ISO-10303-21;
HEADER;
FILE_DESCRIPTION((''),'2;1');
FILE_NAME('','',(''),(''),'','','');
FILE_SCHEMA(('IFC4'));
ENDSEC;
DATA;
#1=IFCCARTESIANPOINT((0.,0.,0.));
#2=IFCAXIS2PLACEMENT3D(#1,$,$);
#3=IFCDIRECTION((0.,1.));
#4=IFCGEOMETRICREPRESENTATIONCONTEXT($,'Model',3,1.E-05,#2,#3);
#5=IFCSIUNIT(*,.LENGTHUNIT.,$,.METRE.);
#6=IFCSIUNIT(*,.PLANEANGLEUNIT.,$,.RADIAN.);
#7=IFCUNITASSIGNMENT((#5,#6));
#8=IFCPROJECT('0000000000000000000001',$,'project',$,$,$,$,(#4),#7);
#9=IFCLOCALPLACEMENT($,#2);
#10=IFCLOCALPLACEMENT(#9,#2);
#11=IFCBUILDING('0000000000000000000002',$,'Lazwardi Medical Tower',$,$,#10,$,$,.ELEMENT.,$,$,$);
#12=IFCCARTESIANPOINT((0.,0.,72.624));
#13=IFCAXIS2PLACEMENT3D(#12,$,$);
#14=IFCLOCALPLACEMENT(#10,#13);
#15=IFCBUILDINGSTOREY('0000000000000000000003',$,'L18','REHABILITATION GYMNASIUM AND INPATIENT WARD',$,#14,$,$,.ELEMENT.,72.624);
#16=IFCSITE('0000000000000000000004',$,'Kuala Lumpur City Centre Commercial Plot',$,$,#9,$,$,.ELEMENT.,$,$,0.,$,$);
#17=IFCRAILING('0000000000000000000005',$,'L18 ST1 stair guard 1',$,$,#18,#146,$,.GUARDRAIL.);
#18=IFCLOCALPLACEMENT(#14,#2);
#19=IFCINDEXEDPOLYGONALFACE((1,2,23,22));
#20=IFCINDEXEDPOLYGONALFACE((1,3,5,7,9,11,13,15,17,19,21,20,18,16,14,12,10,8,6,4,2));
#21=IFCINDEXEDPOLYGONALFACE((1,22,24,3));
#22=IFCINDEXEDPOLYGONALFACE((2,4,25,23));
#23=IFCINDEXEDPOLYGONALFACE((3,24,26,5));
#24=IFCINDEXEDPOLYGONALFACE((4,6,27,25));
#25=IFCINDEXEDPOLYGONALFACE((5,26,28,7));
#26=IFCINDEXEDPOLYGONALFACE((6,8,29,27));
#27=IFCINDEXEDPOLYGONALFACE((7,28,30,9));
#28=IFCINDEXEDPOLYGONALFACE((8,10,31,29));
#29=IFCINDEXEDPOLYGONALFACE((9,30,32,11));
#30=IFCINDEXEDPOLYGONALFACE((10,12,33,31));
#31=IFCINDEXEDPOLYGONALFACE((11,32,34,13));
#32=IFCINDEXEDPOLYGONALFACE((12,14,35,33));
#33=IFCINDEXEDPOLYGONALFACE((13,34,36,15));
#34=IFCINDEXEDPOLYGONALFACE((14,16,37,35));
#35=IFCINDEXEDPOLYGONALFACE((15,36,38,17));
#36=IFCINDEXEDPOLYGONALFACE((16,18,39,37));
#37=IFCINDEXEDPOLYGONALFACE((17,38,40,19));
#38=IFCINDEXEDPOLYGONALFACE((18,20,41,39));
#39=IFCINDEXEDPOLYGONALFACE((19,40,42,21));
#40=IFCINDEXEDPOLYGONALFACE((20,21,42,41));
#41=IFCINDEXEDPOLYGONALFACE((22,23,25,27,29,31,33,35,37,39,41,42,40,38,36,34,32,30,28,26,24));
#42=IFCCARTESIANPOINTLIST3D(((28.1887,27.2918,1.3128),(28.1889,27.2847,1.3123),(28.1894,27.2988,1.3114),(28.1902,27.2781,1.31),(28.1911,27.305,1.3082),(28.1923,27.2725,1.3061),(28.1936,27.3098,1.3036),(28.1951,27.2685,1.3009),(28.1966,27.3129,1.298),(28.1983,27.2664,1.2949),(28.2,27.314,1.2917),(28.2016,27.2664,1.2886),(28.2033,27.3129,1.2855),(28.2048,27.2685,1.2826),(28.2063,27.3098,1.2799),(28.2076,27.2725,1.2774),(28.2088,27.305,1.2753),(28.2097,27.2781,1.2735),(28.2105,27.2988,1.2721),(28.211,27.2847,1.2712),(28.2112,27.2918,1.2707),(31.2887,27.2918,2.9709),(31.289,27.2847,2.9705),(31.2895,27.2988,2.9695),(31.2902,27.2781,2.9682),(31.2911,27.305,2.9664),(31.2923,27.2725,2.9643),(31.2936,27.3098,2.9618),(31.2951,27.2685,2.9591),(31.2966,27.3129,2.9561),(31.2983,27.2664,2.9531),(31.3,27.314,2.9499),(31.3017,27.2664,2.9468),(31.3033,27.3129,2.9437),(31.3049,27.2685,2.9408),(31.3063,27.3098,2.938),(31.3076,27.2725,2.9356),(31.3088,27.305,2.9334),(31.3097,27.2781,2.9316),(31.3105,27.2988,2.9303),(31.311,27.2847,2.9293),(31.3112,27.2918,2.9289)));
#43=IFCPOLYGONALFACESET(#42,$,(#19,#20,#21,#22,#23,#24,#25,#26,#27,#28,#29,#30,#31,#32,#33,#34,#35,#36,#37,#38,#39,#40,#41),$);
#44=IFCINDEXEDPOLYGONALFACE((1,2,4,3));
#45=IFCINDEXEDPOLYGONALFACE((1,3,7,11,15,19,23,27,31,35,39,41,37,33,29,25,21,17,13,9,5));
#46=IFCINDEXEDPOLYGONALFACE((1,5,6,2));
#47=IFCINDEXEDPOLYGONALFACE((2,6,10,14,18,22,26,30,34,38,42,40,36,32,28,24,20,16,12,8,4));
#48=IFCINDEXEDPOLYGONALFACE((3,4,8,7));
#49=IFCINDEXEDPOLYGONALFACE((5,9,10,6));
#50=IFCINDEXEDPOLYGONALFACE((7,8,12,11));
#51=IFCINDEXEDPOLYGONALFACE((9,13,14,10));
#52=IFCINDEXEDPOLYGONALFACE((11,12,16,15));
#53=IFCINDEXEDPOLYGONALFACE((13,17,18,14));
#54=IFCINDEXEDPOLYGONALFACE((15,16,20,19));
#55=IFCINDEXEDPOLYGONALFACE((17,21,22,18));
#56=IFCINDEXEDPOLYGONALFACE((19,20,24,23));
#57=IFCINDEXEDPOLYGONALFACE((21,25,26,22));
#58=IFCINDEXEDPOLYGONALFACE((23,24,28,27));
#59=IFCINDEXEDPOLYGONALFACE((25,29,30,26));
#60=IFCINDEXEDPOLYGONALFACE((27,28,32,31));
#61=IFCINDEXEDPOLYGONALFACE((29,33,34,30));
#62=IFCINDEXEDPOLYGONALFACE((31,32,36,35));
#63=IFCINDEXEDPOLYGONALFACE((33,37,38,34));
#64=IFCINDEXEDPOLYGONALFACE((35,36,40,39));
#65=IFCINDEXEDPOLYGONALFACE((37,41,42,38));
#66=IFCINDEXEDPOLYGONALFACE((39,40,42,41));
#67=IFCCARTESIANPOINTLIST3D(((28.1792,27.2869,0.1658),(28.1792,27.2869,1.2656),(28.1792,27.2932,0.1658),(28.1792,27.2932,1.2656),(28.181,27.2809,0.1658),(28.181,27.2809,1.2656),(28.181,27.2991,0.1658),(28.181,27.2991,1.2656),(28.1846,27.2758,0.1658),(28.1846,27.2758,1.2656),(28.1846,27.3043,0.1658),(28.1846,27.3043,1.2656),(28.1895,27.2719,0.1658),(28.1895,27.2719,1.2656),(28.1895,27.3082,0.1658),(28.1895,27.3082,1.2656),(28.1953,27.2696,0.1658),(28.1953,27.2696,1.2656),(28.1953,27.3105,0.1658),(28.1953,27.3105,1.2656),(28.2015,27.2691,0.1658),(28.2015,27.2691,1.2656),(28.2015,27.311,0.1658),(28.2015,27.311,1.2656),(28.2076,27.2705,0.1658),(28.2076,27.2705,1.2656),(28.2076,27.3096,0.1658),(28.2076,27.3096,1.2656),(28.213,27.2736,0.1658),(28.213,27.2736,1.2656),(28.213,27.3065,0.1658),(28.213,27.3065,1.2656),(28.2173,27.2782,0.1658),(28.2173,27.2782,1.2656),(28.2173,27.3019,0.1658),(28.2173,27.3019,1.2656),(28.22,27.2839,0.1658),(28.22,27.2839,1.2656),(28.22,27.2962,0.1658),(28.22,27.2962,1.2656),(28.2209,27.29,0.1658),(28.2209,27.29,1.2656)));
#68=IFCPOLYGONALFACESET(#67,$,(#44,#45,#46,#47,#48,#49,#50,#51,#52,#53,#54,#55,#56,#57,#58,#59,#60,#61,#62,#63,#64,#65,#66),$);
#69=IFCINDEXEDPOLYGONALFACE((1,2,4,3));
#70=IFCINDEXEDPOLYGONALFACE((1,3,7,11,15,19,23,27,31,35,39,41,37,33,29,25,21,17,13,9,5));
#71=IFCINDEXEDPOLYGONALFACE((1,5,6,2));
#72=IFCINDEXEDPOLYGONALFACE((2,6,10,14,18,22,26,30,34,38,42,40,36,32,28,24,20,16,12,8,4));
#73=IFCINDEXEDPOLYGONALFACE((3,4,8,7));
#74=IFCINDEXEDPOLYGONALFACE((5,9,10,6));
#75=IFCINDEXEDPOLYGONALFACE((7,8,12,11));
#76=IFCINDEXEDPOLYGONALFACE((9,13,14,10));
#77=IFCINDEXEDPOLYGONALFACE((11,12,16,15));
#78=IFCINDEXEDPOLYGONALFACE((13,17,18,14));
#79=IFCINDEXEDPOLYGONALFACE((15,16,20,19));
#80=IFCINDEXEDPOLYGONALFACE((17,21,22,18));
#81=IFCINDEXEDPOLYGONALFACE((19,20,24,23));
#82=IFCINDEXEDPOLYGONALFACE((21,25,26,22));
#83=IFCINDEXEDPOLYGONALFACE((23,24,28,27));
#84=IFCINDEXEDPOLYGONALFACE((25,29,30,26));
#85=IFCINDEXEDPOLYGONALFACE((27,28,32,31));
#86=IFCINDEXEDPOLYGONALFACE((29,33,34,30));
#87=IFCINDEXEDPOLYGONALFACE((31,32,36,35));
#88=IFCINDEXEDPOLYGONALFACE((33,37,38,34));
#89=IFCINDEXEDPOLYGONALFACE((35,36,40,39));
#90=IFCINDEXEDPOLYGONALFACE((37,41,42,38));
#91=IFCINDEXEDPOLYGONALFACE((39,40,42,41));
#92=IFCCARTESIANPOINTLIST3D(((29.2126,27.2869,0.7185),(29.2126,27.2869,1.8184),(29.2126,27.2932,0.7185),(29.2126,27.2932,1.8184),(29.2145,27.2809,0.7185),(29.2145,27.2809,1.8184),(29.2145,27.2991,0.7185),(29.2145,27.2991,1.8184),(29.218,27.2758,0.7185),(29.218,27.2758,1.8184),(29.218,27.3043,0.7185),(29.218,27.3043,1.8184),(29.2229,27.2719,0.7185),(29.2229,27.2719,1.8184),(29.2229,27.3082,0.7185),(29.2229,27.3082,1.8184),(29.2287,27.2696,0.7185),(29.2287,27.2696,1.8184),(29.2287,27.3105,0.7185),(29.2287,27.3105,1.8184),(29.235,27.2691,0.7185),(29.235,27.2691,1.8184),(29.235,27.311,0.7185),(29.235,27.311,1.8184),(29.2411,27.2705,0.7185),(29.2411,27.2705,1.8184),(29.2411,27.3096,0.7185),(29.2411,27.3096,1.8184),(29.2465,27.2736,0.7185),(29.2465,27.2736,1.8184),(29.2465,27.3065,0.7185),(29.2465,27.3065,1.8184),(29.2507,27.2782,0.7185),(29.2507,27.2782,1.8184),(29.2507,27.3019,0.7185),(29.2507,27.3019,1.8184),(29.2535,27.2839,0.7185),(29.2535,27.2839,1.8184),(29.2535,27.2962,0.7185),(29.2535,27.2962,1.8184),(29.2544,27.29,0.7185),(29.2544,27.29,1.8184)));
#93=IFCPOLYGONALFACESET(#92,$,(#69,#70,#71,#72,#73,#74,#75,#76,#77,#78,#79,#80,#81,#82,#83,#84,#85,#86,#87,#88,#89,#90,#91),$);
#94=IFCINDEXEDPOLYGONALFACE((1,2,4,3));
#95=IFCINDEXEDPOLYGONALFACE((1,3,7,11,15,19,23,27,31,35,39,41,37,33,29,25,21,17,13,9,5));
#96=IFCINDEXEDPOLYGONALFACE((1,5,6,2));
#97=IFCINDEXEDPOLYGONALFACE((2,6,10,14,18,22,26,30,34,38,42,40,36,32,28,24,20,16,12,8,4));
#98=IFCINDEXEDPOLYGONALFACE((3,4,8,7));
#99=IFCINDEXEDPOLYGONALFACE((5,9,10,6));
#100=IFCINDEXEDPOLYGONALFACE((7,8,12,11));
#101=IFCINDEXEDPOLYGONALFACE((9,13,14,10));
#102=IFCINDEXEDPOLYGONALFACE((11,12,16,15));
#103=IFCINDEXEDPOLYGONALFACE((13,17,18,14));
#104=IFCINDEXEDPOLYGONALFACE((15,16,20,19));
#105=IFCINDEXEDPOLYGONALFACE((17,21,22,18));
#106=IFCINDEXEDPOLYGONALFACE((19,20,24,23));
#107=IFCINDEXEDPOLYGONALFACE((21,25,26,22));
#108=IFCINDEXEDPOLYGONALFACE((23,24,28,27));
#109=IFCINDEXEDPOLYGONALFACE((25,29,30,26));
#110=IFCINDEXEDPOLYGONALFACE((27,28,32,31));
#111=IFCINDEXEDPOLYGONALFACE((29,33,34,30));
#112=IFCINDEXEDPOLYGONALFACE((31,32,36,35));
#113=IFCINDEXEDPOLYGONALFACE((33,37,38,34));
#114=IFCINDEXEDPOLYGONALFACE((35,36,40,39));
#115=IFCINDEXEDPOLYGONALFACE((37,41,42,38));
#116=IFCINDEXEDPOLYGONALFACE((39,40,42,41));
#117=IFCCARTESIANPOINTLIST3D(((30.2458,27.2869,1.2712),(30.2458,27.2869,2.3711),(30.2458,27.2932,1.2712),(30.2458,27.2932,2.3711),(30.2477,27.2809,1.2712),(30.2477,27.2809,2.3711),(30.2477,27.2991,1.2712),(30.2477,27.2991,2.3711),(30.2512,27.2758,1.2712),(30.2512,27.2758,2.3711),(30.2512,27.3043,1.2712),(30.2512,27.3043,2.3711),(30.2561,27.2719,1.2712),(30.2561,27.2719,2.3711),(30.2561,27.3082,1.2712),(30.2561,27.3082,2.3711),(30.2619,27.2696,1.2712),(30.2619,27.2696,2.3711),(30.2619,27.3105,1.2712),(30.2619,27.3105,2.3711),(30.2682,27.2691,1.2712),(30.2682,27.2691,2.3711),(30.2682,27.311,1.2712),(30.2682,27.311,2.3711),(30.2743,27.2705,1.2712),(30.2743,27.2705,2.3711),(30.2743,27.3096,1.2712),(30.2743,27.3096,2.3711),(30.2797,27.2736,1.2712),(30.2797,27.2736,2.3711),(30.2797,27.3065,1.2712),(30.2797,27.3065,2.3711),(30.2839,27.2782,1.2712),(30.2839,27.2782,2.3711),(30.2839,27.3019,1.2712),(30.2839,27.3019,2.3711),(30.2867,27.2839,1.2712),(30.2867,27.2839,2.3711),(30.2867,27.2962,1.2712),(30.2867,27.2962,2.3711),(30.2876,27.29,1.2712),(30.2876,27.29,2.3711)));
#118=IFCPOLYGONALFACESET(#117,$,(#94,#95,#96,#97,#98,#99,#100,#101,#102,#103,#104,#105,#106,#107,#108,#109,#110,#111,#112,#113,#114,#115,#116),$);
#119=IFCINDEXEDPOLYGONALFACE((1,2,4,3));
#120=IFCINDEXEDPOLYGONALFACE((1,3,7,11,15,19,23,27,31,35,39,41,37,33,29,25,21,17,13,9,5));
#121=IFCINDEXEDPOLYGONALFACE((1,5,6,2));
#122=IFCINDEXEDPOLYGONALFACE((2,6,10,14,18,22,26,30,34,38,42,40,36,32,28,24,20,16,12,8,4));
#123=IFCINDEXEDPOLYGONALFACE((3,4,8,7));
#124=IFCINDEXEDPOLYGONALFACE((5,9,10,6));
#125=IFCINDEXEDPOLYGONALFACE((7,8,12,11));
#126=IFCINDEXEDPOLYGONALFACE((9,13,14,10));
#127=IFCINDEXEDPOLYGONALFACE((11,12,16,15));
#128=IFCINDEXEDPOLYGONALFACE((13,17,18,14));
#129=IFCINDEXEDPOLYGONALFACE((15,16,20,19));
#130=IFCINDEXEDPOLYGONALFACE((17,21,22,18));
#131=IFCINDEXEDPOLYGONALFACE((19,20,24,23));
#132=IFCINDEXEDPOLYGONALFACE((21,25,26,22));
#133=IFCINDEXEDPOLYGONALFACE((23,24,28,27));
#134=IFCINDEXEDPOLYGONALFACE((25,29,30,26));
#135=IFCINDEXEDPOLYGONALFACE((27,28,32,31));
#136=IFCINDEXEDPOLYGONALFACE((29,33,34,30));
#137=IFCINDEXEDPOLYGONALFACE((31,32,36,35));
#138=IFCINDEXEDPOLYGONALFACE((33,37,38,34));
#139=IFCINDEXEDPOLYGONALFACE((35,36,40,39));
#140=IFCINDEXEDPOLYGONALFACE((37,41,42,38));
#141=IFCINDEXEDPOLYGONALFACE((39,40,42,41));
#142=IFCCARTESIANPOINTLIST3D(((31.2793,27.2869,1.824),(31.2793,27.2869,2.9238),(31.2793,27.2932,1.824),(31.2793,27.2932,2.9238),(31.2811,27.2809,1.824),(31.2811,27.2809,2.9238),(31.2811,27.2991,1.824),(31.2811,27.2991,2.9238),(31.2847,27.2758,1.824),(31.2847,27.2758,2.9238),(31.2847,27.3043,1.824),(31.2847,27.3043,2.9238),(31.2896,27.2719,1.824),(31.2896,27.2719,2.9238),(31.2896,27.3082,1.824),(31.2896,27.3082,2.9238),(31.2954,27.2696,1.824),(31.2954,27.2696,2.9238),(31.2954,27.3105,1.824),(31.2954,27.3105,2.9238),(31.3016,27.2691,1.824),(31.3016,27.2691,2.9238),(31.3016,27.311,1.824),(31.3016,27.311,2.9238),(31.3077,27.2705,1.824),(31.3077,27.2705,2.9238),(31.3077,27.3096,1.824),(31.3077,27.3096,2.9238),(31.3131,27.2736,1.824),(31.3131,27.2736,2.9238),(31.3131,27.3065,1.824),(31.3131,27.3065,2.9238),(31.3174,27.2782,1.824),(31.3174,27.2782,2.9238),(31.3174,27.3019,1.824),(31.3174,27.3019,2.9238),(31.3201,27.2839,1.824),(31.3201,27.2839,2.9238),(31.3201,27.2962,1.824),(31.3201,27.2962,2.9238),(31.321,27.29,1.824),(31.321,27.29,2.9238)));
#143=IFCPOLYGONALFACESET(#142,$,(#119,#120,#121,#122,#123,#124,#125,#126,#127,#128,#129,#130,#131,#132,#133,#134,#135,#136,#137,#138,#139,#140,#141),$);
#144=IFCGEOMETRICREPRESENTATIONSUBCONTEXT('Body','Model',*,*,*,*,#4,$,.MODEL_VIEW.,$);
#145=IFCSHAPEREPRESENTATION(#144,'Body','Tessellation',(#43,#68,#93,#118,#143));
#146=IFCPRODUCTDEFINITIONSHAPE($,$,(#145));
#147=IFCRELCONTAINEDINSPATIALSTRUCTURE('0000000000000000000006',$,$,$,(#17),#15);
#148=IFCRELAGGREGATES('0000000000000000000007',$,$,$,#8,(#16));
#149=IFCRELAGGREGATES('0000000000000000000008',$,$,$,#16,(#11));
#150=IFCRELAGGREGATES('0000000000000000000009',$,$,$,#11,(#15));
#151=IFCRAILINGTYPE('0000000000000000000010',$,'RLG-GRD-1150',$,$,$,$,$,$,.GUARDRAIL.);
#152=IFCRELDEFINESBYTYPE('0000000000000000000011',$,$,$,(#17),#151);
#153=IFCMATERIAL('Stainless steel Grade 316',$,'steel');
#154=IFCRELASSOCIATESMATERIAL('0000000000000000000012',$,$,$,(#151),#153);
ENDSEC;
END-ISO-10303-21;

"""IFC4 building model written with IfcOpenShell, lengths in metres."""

from ifc_helpers import new_model, si_unit, direction, frame, origin, origin_2d, place, context, subcontext, project, spatial, circle, extrude, material, type_object, element, save


model = new_model("IFC4")

# Units and contexts
model_context = context("Model", 3, precision=1e-05, world=origin(), true_north=direction((0.0, 1.0)))
body_context = subcontext(model_context, "Body", "Model", "MODEL_VIEW")
ifc_project = project(units=[si_unit("LENGTHUNIT", "METRE"), si_unit("PLANEANGLEUNIT", "RADIAN")], contexts=[model_context])

# Site, building, storey
site_placement = place(None, origin())
site = spatial("IfcSite", under=ifc_project, at=site_placement, Name="Kuala Lumpur City Centre Commercial Plot", CompositionType="ELEMENT", RefElevation=0.0)
building_placement = place(site_placement, origin())
building = spatial("IfcBuilding", under=site, at=building_placement, Name="Lazwardi Medical Tower", CompositionType="ELEMENT")
storey_placement = place(building_placement, frame((0.0, 0.0, 72.624)))
storey = spatial("IfcBuildingStorey", under=building, at=storey_placement, Name="L18", Description="REHABILITATION GYMNASIUM AND INPATIENT WARD", CompositionType="ELEMENT", Elevation=72.624)

# Railing
ifc_material_1 = material(Name="Stainless steel Grade 316", Category="steel")
railing_type_1 = type_object("IfcRailingType", Name="RLG-GRD-1150", PredefinedType="GUARDRAIL", material=ifc_material_1)
railing_1_placement = place(storey_placement, frame((28.2, 27.29, 0.1658)))
element("IfcRailing", 1, at=railing_1_placement, inside=storey, type_object=railing_type_1, Name="L18 ST1 stair guard 1", PredefinedType="GUARDRAIL", context=body_context, shape_type="SweptSolid", body=[
    extrude(circle(Radius=0.0239, at=origin_2d()), frame((0.0, 0.0, 1.126), z_axis=(0.881783, 0.0, 0.471655), x_axis=(0.0, 1.0, 0.0)), (0.0, 0.0, 1.0), 3.5156),
    extrude(circle(Radius=0.021, at=origin_2d()), origin(), (0.0, 0.0, 1.0), 1.0999),
    extrude(circle(Radius=0.021, at=origin_2d()), frame((1.0334, 0.0, 0.5527)), (0.0, 0.0, 1.0), 1.0999),
    extrude(circle(Radius=0.021, at=origin_2d()), frame((2.0667, 0.0, 1.1055)), (0.0, 0.0, 1.0), 1.0999),
    extrude(circle(Radius=0.021, at=origin_2d()), frame((3.1001, 0.0, 1.6582)), (0.0, 0.0, 1.0), 1.0999),
])

save(model, "model.ifc")
